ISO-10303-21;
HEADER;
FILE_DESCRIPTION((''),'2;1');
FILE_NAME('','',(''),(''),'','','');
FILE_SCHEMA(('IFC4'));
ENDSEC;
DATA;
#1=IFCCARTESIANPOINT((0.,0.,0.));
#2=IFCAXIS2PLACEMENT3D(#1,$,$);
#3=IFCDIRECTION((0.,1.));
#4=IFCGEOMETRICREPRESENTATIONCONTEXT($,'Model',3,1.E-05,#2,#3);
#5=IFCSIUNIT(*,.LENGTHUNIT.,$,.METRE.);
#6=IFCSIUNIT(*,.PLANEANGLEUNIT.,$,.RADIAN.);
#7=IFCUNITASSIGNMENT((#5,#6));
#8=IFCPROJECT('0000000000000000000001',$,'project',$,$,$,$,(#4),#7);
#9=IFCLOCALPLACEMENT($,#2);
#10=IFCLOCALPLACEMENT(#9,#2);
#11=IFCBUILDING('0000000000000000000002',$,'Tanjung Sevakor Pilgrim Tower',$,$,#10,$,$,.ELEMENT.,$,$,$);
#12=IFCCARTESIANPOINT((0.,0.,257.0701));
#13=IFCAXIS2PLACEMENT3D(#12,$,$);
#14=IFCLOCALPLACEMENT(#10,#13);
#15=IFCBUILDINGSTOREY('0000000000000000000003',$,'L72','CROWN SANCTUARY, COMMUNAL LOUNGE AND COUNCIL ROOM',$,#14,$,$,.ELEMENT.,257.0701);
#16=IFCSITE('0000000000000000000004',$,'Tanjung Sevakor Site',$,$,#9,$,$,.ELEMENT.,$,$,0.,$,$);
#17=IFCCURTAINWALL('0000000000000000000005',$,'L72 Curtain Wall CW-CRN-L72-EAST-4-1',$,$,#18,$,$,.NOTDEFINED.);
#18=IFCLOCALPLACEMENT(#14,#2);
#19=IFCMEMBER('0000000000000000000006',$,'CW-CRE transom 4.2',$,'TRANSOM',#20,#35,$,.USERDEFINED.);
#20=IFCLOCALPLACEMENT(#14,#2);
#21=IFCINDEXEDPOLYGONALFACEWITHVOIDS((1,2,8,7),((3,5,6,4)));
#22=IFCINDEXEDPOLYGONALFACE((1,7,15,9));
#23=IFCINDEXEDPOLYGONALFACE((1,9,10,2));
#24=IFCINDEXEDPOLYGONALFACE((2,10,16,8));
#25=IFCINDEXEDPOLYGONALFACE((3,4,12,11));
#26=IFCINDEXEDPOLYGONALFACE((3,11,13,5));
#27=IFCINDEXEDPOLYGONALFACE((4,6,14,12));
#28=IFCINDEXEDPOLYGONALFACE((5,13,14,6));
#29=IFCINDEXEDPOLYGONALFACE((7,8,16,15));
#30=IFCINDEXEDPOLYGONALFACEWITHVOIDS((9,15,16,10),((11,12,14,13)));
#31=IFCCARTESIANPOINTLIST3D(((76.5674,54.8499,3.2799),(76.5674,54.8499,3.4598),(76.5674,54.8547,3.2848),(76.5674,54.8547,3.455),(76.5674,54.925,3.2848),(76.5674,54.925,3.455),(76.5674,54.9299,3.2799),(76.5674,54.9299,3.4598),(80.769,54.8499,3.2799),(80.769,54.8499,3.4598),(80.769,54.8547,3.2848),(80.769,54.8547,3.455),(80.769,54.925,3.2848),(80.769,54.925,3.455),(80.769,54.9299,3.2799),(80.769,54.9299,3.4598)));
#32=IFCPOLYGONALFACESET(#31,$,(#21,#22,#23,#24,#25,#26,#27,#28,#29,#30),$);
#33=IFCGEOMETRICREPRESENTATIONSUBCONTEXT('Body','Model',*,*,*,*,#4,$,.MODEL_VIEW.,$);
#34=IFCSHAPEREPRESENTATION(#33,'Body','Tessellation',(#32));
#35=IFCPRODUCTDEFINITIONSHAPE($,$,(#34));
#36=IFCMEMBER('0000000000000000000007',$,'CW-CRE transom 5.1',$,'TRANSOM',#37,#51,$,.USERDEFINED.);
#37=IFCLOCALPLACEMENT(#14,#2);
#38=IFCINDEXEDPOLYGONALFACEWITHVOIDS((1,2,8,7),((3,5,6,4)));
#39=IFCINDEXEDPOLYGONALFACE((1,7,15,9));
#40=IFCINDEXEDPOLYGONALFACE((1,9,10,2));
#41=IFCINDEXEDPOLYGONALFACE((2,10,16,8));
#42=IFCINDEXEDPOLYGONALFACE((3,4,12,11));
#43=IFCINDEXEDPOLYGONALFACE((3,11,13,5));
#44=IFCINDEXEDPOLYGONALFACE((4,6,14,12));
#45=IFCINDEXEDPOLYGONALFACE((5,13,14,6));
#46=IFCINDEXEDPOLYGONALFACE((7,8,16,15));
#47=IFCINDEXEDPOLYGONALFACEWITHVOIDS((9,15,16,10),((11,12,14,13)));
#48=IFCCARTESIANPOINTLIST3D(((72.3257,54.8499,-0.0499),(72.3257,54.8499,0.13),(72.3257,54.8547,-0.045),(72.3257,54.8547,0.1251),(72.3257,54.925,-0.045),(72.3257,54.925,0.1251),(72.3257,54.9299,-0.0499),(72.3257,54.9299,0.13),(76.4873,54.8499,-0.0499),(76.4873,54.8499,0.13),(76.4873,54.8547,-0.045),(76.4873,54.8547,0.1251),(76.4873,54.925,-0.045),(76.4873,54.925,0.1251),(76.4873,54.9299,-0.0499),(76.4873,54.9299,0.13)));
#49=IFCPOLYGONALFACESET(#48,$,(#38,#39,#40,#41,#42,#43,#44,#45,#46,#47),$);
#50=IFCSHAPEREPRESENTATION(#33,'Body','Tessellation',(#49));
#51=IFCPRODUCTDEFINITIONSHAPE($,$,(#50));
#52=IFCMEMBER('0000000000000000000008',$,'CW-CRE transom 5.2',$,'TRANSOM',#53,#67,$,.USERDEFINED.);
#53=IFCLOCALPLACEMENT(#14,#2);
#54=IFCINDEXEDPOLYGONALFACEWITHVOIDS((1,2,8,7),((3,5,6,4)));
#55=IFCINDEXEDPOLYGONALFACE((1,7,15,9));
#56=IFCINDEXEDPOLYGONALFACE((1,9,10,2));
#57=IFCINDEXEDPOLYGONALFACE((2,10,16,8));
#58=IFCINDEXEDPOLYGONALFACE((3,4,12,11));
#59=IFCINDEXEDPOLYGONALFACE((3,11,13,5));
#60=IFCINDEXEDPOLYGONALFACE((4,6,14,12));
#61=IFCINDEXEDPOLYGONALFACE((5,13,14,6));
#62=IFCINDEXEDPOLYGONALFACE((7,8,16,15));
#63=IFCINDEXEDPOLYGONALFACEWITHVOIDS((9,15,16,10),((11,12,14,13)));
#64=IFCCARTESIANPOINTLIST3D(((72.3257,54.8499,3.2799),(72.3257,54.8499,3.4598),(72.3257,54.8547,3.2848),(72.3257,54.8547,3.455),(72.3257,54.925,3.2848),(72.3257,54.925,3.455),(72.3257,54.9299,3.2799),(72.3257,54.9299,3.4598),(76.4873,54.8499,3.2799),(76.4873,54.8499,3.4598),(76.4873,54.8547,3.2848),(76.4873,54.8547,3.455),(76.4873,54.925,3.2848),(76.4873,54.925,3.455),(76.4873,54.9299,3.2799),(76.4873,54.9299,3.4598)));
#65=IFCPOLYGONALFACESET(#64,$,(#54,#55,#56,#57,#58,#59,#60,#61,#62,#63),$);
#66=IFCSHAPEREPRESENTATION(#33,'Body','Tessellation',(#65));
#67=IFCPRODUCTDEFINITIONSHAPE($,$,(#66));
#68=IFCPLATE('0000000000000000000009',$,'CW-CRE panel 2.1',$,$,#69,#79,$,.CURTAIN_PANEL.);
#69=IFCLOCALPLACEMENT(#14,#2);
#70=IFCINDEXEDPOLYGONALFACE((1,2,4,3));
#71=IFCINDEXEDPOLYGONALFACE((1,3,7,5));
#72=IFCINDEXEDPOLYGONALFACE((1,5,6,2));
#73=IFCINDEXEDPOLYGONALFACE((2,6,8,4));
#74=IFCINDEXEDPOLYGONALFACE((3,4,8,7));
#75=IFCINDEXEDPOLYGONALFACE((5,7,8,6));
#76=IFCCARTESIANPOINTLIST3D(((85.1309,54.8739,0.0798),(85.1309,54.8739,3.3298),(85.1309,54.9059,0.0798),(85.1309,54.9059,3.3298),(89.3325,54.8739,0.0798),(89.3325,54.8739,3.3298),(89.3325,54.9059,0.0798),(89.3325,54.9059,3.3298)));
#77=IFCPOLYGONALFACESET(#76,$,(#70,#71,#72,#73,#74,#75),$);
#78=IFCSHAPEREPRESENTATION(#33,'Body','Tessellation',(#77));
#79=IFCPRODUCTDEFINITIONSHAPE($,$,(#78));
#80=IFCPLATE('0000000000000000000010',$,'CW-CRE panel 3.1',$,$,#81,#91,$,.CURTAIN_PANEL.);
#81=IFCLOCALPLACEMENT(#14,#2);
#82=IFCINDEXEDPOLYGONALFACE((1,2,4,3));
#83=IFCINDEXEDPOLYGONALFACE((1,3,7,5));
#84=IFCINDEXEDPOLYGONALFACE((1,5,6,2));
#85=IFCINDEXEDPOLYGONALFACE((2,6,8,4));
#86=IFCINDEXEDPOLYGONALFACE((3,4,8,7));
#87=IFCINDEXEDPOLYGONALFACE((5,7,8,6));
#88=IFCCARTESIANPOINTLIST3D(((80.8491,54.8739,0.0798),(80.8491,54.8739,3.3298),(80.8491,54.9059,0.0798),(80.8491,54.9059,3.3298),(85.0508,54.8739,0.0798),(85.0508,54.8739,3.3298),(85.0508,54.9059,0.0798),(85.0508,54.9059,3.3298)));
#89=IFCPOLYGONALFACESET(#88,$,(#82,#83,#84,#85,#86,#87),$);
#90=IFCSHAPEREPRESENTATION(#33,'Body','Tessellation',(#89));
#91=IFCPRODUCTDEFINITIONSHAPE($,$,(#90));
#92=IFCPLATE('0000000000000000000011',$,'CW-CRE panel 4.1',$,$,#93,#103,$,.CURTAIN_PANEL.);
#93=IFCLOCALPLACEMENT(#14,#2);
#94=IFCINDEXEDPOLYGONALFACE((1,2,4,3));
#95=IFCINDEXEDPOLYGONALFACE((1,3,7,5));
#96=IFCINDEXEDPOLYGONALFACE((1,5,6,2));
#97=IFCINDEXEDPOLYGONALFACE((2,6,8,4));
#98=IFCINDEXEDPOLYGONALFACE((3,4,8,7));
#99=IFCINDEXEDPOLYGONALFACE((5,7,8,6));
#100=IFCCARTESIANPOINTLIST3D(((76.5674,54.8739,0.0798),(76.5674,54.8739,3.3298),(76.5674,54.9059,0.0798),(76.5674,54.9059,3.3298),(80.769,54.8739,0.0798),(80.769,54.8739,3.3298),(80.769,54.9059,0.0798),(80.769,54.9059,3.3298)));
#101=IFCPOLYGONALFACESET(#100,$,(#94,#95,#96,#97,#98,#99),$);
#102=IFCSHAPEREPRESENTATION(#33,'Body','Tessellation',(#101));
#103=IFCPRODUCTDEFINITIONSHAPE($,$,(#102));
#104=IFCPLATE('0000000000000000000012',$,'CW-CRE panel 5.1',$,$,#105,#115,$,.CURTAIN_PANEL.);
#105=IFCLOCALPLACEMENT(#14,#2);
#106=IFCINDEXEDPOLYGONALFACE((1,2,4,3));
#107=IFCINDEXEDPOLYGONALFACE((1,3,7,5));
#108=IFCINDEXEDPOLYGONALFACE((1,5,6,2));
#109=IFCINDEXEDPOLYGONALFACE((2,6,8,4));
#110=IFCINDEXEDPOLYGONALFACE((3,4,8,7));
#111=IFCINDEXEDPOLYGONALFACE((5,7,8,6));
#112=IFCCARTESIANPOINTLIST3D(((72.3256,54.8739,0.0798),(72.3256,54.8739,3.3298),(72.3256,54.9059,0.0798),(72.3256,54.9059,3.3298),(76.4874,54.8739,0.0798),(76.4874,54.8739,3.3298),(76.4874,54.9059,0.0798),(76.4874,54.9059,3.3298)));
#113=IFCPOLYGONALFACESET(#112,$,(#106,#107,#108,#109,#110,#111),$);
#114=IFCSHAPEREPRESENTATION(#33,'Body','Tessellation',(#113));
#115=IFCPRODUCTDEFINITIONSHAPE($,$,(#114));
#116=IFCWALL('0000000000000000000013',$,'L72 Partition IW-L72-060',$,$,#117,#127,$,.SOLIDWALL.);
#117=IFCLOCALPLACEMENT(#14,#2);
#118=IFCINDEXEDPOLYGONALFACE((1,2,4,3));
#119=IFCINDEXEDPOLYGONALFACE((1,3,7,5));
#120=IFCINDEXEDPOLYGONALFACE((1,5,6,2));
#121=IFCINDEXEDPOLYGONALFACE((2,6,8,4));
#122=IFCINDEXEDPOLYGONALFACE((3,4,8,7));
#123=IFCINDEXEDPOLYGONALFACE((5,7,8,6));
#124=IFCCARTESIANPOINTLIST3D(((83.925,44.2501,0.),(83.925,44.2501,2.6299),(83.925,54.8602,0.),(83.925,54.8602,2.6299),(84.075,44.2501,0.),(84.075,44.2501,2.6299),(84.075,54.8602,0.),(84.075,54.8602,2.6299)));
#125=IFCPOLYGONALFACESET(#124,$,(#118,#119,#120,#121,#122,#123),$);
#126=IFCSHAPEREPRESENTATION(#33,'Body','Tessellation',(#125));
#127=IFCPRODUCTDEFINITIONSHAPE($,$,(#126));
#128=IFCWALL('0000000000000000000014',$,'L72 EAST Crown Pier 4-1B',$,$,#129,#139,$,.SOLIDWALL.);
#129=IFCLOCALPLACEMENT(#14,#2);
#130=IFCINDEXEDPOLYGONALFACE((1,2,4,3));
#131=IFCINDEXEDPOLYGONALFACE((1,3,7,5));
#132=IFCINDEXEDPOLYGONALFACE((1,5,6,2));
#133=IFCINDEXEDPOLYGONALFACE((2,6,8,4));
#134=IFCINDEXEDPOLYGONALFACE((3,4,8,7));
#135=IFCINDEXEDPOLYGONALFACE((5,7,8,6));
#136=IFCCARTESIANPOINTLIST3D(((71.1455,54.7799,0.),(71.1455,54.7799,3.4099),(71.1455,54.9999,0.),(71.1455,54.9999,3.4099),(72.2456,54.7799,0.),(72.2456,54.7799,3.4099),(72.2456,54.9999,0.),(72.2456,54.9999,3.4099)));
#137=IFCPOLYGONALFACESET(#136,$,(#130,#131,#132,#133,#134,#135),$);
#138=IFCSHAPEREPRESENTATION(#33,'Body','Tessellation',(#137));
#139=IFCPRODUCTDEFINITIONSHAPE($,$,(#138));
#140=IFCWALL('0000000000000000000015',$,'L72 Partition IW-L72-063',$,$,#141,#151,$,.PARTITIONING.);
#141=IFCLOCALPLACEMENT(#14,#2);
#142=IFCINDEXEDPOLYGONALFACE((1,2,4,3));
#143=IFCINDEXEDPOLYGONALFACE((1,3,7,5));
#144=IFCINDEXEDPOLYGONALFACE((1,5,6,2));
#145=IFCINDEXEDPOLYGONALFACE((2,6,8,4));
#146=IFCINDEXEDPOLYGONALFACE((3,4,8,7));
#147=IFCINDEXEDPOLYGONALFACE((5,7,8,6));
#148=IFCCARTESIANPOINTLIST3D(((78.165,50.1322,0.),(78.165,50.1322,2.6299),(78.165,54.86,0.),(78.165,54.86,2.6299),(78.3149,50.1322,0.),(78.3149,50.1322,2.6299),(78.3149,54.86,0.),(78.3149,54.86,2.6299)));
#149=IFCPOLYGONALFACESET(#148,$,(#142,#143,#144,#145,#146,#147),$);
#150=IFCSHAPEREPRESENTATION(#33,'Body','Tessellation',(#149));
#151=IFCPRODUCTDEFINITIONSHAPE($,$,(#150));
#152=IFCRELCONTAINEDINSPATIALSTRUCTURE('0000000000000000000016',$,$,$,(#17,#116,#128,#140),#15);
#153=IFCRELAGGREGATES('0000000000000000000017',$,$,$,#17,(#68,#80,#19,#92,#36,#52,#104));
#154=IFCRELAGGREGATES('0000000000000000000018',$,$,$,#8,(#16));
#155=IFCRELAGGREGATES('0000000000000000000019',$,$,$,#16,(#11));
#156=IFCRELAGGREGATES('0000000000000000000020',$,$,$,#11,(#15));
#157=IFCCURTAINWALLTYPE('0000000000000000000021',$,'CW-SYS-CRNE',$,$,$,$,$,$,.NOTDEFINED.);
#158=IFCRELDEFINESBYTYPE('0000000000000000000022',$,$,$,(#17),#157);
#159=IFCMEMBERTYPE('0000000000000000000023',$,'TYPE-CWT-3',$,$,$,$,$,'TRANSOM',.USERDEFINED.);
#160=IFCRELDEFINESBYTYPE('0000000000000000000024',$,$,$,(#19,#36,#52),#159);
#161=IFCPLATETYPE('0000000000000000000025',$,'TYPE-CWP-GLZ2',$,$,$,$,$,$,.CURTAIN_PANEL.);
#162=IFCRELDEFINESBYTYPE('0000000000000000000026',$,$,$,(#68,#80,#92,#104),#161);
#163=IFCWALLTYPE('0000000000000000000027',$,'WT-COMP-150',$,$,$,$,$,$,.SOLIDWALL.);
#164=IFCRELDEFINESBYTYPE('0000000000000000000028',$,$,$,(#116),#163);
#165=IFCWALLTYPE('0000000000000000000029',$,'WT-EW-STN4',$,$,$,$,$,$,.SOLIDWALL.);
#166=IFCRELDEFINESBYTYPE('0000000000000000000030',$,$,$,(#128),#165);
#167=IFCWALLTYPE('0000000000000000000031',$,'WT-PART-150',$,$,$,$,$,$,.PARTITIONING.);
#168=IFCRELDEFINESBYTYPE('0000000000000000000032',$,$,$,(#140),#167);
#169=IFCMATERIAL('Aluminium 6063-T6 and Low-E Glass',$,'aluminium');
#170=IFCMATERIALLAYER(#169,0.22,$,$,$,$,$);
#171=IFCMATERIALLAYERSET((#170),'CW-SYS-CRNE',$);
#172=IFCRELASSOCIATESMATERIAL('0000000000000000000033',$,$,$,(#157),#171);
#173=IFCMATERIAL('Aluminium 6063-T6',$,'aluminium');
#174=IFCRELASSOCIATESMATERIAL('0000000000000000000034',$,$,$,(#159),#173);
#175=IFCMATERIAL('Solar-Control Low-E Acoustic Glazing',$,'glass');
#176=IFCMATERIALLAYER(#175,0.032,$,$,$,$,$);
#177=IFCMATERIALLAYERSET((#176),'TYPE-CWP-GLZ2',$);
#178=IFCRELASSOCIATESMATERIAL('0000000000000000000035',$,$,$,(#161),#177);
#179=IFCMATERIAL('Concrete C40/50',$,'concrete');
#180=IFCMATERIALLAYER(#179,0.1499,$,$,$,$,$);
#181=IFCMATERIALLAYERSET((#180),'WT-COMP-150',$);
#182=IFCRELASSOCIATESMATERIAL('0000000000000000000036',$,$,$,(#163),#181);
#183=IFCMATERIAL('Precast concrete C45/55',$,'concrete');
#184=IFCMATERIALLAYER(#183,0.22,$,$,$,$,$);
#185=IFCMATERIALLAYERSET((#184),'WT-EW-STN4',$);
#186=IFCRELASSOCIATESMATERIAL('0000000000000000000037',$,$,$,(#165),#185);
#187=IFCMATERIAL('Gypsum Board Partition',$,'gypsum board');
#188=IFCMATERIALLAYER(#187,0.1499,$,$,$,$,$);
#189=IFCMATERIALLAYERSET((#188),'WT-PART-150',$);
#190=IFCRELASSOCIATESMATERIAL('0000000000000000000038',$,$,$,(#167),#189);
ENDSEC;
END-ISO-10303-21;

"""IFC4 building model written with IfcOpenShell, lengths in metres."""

from ifc_helpers import new_model, si_unit, direction, frame, frame_2d, origin, origin_2d, place, context, subcontext, project, spatial, rectangle, hollow_rectangle, extrude, material, layer, layer_set, material_profile, profile_set, type_object, element, aggregate, save


model = new_model("IFC4")

# Units and contexts
model_context = context("Model", 3, precision=1e-05, world=origin(), true_north=direction((0.0, 1.0)))
body_context = subcontext(model_context, "Body", "Model", "MODEL_VIEW")
ifc_project = project(units=[si_unit("LENGTHUNIT", "METRE"), si_unit("PLANEANGLEUNIT", "RADIAN")], contexts=[model_context])

# Site, building, storey
site_placement = place(None, origin())
site = spatial("IfcSite", under=ifc_project, at=site_placement, Name="Tanjung Sevakor Site", CompositionType="ELEMENT", RefElevation=0.0)
building_placement = place(site_placement, origin())
building = spatial("IfcBuilding", under=site, at=building_placement, Name="Tanjung Sevakor Pilgrim Tower", CompositionType="ELEMENT")
storey_placement = place(building_placement, frame((0.0, 0.0, 257.0701)))
storey = spatial("IfcBuildingStorey", under=building, at=storey_placement, Name="L72", Description="CROWN SANCTUARY, COMMUNAL LOUNGE AND COUNCIL ROOM", CompositionType="ELEMENT", Elevation=257.0701)

# Curtain wall, members, plates
ifc_material_1 = material(Name="Aluminium 6063-T6 and Low-E Glass", Category="aluminium")
ifc_layer_1 = layer(ifc_material_1, 0.22)
ifc_layer_set_1 = layer_set([ifc_layer_1], Name="CW-SYS-CRNE")
curtain_wall_type = type_object("IfcCurtainWallType", Name="CW-SYS-CRNE", PredefinedType="NOTDEFINED", material=ifc_layer_set_1)
curtain_wall_placement = place(storey_placement, origin())
curtain_wall = element("IfcCurtainWall", 1, at=curtain_wall_placement, inside=storey, type_object=curtain_wall_type, Name="L72 Curtain Wall CW-CRN-L72-EAST-4-1", PredefinedType="NOTDEFINED")
ifc_material_2 = material(Name="Aluminium 6063-T6", Category="aluminium")
ifc_material_profile_1 = material_profile(ifc_material_2, hollow_rectangle(XDim=0.0801, YDim=0.1799, WallThickness=0.0049, at=origin_2d()))
ifc_profile_set_1 = profile_set([ifc_material_profile_1], Name="Aluminium 6063-T6")
member_type_1 = type_object("IfcMemberType", Name="TYPE-CWT-3", ElementType="TRANSOM", PredefinedType="USERDEFINED", material=ifc_profile_set_1)
member_1_placement = place(storey_placement, frame((80.769, 54.8899, 3.3699), z_axis=(-1.0, 0.0, 0.0), x_axis=(0.0, -1.0, 0.0)))
member_1 = element("IfcMember", 2, at=member_1_placement, type_object=member_type_1, Name="CW-CRE transom 4.2", ObjectType="TRANSOM", PredefinedType="USERDEFINED", context=body_context, shape_type="SweptSolid", body=[
    extrude(hollow_rectangle(XDim=0.0801, YDim=0.1799, WallThickness=0.0049, at=origin_2d()), origin(), (0.0, 0.0, 1.0), 4.2017),
])
member_2_placement = place(storey_placement, frame((76.4873, 54.8899, 0.04), z_axis=(-1.0, 0.0, 0.0), x_axis=(0.0, -1.0, 0.0)))
member_2 = element("IfcMember", 3, at=member_2_placement, type_object=member_type_1, Name="CW-CRE transom 5.1", ObjectType="TRANSOM", PredefinedType="USERDEFINED", context=body_context, shape_type="SweptSolid", body=[
    extrude(hollow_rectangle(XDim=0.0801, YDim=0.1799, WallThickness=0.0049, at=origin_2d()), origin(), (0.0, 0.0, 1.0), 4.1616),
])
member_3_placement = place(storey_placement, frame((76.4873, 54.8899, 3.3699), z_axis=(-1.0, 0.0, 0.0), x_axis=(0.0, -1.0, 0.0)))
member_3 = element("IfcMember", 4, at=member_3_placement, type_object=member_type_1, Name="CW-CRE transom 5.2", ObjectType="TRANSOM", PredefinedType="USERDEFINED", context=body_context, shape_type="SweptSolid", body=[
    extrude(hollow_rectangle(XDim=0.0801, YDim=0.1799, WallThickness=0.0049, at=origin_2d()), origin(), (0.0, 0.0, 1.0), 4.1616),
])
ifc_material_3 = material(Name="Solar-Control Low-E Acoustic Glazing", Category="glass")
ifc_layer_2 = layer(ifc_material_3, 0.032)
ifc_layer_set_2 = layer_set([ifc_layer_2], Name="TYPE-CWP-GLZ2")
plate_type = type_object("IfcPlateType", Name="TYPE-CWP-GLZ2", PredefinedType="CURTAIN_PANEL", material=ifc_layer_set_2)
plate_1_placement = place(storey_placement, frame((87.2317, 54.8899, 0.0798), z_axis=(0.0, 0.0, 1.0), x_axis=(-1.0, 0.0, 0.0)))
plate_1 = element("IfcPlate", 5, at=plate_1_placement, type_object=plate_type, Name="CW-CRE panel 2.1", PredefinedType="CURTAIN_PANEL", context=body_context, shape_type="SweptSolid", body=[
    extrude(rectangle(XDim=4.2017, YDim=0.032, at=origin_2d()), origin(), (0.0, 0.0, 1.0), 3.25),
])
plate_2_placement = place(storey_placement, frame((82.95, 54.8899, 0.0798), z_axis=(0.0, 0.0, 1.0), x_axis=(-1.0, 0.0, 0.0)))
plate_2 = element("IfcPlate", 6, at=plate_2_placement, type_object=plate_type, Name="CW-CRE panel 3.1", PredefinedType="CURTAIN_PANEL", context=body_context, shape_type="SweptSolid", body=[
    extrude(rectangle(XDim=4.2017, YDim=0.032, at=origin_2d()), origin(), (0.0, 0.0, 1.0), 3.25),
])
plate_3_placement = place(storey_placement, frame((78.6682, 54.8899, 0.0798), z_axis=(0.0, 0.0, 1.0), x_axis=(-1.0, 0.0, 0.0)))
plate_3 = element("IfcPlate", 7, at=plate_3_placement, type_object=plate_type, Name="CW-CRE panel 4.1", PredefinedType="CURTAIN_PANEL", context=body_context, shape_type="SweptSolid", body=[
    extrude(rectangle(XDim=4.2017, YDim=0.032, at=origin_2d()), origin(), (0.0, 0.0, 1.0), 3.25),
])
plate_4_placement = place(storey_placement, frame((74.4065, 54.8899, 0.0798), z_axis=(0.0, 0.0, 1.0), x_axis=(-1.0, 0.0, 0.0)))
plate_4 = element("IfcPlate", 8, at=plate_4_placement, type_object=plate_type, Name="CW-CRE panel 5.1", PredefinedType="CURTAIN_PANEL", context=body_context, shape_type="SweptSolid", body=[
    extrude(rectangle(XDim=4.1619, YDim=0.032, at=origin_2d()), origin(), (0.0, 0.0, 1.0), 3.25),
])
aggregate(curtain_wall, [plate_1, plate_2, member_1, plate_3, member_2, member_3, plate_4])

# Wall
ifc_material_4 = material(Name="Concrete C40/50", Category="concrete")
ifc_layer_3 = layer(ifc_material_4, 0.1499)
ifc_layer_set_3 = layer_set([ifc_layer_3], Name="WT-COMP-150")
wall_type_1 = type_object("IfcWallType", Name="WT-COMP-150", PredefinedType="SOLIDWALL", material=ifc_layer_set_3)
wall_1_placement = place(storey_placement, frame((84.0, 44.25, 0.0), z_axis=(0.0, 0.0, 1.0), x_axis=(0.0, 1.0, 0.0)))
element("IfcWall", 9, at=wall_1_placement, inside=storey, type_object=wall_type_1, Name="L72 Partition IW-L72-060", PredefinedType="SOLIDWALL", context=body_context, shape_type="SweptSolid", body=[
    extrude(rectangle(XDim=10.6101, YDim=0.1499, at=frame_2d((5.3052, 0.0))), origin(), (0.0, 0.0, 1.0), 2.6299),
])

# Walls
ifc_material_5 = material(Name="Precast concrete C45/55", Category="concrete")
ifc_layer_4 = layer(ifc_material_5, 0.22)
ifc_layer_set_4 = layer_set([ifc_layer_4], Name="WT-EW-STN4")
wall_type_2 = type_object("IfcWallType", Name="WT-EW-STN4", PredefinedType="SOLIDWALL", material=ifc_layer_set_4)
wall_2_placement = place(storey_placement, frame((72.2456, 54.8899, 0.0), z_axis=(0.0, 0.0, 1.0), x_axis=(-1.0, 0.0, 0.0)))
element("IfcWall", 10, at=wall_2_placement, inside=storey, type_object=wall_type_2, Name="L72 EAST Crown Pier 4-1B", PredefinedType="SOLIDWALL", context=body_context, shape_type="SweptSolid", body=[
    extrude(rectangle(XDim=1.1001, YDim=0.22, at=frame_2d((0.55, 0.0))), origin(), (0.0, 0.0, 1.0), 3.4099),
])
ifc_material_6 = material(Name="Gypsum Board Partition", Category="gypsum board")
ifc_layer_5 = layer(ifc_material_6, 0.1499)
ifc_layer_set_5 = layer_set([ifc_layer_5], Name="WT-PART-150")
wall_type_3 = type_object("IfcWallType", Name="WT-PART-150", PredefinedType="PARTITIONING", material=ifc_layer_set_5)
wall_3_placement = place(storey_placement, frame((78.24, 50.1323, 0.0), z_axis=(0.0, 0.0, 1.0), x_axis=(0.0, 1.0, 0.0)))
element("IfcWall", 11, at=wall_3_placement, inside=storey, type_object=wall_type_3, Name="L72 Partition IW-L72-063", PredefinedType="PARTITIONING", context=body_context, shape_type="SweptSolid", body=[
    extrude(rectangle(XDim=4.7278, YDim=0.1499, at=frame_2d((2.3638, 0.0))), origin(), (0.0, 0.0, 1.0), 2.6299),
])

save(model, "model.ifc")
